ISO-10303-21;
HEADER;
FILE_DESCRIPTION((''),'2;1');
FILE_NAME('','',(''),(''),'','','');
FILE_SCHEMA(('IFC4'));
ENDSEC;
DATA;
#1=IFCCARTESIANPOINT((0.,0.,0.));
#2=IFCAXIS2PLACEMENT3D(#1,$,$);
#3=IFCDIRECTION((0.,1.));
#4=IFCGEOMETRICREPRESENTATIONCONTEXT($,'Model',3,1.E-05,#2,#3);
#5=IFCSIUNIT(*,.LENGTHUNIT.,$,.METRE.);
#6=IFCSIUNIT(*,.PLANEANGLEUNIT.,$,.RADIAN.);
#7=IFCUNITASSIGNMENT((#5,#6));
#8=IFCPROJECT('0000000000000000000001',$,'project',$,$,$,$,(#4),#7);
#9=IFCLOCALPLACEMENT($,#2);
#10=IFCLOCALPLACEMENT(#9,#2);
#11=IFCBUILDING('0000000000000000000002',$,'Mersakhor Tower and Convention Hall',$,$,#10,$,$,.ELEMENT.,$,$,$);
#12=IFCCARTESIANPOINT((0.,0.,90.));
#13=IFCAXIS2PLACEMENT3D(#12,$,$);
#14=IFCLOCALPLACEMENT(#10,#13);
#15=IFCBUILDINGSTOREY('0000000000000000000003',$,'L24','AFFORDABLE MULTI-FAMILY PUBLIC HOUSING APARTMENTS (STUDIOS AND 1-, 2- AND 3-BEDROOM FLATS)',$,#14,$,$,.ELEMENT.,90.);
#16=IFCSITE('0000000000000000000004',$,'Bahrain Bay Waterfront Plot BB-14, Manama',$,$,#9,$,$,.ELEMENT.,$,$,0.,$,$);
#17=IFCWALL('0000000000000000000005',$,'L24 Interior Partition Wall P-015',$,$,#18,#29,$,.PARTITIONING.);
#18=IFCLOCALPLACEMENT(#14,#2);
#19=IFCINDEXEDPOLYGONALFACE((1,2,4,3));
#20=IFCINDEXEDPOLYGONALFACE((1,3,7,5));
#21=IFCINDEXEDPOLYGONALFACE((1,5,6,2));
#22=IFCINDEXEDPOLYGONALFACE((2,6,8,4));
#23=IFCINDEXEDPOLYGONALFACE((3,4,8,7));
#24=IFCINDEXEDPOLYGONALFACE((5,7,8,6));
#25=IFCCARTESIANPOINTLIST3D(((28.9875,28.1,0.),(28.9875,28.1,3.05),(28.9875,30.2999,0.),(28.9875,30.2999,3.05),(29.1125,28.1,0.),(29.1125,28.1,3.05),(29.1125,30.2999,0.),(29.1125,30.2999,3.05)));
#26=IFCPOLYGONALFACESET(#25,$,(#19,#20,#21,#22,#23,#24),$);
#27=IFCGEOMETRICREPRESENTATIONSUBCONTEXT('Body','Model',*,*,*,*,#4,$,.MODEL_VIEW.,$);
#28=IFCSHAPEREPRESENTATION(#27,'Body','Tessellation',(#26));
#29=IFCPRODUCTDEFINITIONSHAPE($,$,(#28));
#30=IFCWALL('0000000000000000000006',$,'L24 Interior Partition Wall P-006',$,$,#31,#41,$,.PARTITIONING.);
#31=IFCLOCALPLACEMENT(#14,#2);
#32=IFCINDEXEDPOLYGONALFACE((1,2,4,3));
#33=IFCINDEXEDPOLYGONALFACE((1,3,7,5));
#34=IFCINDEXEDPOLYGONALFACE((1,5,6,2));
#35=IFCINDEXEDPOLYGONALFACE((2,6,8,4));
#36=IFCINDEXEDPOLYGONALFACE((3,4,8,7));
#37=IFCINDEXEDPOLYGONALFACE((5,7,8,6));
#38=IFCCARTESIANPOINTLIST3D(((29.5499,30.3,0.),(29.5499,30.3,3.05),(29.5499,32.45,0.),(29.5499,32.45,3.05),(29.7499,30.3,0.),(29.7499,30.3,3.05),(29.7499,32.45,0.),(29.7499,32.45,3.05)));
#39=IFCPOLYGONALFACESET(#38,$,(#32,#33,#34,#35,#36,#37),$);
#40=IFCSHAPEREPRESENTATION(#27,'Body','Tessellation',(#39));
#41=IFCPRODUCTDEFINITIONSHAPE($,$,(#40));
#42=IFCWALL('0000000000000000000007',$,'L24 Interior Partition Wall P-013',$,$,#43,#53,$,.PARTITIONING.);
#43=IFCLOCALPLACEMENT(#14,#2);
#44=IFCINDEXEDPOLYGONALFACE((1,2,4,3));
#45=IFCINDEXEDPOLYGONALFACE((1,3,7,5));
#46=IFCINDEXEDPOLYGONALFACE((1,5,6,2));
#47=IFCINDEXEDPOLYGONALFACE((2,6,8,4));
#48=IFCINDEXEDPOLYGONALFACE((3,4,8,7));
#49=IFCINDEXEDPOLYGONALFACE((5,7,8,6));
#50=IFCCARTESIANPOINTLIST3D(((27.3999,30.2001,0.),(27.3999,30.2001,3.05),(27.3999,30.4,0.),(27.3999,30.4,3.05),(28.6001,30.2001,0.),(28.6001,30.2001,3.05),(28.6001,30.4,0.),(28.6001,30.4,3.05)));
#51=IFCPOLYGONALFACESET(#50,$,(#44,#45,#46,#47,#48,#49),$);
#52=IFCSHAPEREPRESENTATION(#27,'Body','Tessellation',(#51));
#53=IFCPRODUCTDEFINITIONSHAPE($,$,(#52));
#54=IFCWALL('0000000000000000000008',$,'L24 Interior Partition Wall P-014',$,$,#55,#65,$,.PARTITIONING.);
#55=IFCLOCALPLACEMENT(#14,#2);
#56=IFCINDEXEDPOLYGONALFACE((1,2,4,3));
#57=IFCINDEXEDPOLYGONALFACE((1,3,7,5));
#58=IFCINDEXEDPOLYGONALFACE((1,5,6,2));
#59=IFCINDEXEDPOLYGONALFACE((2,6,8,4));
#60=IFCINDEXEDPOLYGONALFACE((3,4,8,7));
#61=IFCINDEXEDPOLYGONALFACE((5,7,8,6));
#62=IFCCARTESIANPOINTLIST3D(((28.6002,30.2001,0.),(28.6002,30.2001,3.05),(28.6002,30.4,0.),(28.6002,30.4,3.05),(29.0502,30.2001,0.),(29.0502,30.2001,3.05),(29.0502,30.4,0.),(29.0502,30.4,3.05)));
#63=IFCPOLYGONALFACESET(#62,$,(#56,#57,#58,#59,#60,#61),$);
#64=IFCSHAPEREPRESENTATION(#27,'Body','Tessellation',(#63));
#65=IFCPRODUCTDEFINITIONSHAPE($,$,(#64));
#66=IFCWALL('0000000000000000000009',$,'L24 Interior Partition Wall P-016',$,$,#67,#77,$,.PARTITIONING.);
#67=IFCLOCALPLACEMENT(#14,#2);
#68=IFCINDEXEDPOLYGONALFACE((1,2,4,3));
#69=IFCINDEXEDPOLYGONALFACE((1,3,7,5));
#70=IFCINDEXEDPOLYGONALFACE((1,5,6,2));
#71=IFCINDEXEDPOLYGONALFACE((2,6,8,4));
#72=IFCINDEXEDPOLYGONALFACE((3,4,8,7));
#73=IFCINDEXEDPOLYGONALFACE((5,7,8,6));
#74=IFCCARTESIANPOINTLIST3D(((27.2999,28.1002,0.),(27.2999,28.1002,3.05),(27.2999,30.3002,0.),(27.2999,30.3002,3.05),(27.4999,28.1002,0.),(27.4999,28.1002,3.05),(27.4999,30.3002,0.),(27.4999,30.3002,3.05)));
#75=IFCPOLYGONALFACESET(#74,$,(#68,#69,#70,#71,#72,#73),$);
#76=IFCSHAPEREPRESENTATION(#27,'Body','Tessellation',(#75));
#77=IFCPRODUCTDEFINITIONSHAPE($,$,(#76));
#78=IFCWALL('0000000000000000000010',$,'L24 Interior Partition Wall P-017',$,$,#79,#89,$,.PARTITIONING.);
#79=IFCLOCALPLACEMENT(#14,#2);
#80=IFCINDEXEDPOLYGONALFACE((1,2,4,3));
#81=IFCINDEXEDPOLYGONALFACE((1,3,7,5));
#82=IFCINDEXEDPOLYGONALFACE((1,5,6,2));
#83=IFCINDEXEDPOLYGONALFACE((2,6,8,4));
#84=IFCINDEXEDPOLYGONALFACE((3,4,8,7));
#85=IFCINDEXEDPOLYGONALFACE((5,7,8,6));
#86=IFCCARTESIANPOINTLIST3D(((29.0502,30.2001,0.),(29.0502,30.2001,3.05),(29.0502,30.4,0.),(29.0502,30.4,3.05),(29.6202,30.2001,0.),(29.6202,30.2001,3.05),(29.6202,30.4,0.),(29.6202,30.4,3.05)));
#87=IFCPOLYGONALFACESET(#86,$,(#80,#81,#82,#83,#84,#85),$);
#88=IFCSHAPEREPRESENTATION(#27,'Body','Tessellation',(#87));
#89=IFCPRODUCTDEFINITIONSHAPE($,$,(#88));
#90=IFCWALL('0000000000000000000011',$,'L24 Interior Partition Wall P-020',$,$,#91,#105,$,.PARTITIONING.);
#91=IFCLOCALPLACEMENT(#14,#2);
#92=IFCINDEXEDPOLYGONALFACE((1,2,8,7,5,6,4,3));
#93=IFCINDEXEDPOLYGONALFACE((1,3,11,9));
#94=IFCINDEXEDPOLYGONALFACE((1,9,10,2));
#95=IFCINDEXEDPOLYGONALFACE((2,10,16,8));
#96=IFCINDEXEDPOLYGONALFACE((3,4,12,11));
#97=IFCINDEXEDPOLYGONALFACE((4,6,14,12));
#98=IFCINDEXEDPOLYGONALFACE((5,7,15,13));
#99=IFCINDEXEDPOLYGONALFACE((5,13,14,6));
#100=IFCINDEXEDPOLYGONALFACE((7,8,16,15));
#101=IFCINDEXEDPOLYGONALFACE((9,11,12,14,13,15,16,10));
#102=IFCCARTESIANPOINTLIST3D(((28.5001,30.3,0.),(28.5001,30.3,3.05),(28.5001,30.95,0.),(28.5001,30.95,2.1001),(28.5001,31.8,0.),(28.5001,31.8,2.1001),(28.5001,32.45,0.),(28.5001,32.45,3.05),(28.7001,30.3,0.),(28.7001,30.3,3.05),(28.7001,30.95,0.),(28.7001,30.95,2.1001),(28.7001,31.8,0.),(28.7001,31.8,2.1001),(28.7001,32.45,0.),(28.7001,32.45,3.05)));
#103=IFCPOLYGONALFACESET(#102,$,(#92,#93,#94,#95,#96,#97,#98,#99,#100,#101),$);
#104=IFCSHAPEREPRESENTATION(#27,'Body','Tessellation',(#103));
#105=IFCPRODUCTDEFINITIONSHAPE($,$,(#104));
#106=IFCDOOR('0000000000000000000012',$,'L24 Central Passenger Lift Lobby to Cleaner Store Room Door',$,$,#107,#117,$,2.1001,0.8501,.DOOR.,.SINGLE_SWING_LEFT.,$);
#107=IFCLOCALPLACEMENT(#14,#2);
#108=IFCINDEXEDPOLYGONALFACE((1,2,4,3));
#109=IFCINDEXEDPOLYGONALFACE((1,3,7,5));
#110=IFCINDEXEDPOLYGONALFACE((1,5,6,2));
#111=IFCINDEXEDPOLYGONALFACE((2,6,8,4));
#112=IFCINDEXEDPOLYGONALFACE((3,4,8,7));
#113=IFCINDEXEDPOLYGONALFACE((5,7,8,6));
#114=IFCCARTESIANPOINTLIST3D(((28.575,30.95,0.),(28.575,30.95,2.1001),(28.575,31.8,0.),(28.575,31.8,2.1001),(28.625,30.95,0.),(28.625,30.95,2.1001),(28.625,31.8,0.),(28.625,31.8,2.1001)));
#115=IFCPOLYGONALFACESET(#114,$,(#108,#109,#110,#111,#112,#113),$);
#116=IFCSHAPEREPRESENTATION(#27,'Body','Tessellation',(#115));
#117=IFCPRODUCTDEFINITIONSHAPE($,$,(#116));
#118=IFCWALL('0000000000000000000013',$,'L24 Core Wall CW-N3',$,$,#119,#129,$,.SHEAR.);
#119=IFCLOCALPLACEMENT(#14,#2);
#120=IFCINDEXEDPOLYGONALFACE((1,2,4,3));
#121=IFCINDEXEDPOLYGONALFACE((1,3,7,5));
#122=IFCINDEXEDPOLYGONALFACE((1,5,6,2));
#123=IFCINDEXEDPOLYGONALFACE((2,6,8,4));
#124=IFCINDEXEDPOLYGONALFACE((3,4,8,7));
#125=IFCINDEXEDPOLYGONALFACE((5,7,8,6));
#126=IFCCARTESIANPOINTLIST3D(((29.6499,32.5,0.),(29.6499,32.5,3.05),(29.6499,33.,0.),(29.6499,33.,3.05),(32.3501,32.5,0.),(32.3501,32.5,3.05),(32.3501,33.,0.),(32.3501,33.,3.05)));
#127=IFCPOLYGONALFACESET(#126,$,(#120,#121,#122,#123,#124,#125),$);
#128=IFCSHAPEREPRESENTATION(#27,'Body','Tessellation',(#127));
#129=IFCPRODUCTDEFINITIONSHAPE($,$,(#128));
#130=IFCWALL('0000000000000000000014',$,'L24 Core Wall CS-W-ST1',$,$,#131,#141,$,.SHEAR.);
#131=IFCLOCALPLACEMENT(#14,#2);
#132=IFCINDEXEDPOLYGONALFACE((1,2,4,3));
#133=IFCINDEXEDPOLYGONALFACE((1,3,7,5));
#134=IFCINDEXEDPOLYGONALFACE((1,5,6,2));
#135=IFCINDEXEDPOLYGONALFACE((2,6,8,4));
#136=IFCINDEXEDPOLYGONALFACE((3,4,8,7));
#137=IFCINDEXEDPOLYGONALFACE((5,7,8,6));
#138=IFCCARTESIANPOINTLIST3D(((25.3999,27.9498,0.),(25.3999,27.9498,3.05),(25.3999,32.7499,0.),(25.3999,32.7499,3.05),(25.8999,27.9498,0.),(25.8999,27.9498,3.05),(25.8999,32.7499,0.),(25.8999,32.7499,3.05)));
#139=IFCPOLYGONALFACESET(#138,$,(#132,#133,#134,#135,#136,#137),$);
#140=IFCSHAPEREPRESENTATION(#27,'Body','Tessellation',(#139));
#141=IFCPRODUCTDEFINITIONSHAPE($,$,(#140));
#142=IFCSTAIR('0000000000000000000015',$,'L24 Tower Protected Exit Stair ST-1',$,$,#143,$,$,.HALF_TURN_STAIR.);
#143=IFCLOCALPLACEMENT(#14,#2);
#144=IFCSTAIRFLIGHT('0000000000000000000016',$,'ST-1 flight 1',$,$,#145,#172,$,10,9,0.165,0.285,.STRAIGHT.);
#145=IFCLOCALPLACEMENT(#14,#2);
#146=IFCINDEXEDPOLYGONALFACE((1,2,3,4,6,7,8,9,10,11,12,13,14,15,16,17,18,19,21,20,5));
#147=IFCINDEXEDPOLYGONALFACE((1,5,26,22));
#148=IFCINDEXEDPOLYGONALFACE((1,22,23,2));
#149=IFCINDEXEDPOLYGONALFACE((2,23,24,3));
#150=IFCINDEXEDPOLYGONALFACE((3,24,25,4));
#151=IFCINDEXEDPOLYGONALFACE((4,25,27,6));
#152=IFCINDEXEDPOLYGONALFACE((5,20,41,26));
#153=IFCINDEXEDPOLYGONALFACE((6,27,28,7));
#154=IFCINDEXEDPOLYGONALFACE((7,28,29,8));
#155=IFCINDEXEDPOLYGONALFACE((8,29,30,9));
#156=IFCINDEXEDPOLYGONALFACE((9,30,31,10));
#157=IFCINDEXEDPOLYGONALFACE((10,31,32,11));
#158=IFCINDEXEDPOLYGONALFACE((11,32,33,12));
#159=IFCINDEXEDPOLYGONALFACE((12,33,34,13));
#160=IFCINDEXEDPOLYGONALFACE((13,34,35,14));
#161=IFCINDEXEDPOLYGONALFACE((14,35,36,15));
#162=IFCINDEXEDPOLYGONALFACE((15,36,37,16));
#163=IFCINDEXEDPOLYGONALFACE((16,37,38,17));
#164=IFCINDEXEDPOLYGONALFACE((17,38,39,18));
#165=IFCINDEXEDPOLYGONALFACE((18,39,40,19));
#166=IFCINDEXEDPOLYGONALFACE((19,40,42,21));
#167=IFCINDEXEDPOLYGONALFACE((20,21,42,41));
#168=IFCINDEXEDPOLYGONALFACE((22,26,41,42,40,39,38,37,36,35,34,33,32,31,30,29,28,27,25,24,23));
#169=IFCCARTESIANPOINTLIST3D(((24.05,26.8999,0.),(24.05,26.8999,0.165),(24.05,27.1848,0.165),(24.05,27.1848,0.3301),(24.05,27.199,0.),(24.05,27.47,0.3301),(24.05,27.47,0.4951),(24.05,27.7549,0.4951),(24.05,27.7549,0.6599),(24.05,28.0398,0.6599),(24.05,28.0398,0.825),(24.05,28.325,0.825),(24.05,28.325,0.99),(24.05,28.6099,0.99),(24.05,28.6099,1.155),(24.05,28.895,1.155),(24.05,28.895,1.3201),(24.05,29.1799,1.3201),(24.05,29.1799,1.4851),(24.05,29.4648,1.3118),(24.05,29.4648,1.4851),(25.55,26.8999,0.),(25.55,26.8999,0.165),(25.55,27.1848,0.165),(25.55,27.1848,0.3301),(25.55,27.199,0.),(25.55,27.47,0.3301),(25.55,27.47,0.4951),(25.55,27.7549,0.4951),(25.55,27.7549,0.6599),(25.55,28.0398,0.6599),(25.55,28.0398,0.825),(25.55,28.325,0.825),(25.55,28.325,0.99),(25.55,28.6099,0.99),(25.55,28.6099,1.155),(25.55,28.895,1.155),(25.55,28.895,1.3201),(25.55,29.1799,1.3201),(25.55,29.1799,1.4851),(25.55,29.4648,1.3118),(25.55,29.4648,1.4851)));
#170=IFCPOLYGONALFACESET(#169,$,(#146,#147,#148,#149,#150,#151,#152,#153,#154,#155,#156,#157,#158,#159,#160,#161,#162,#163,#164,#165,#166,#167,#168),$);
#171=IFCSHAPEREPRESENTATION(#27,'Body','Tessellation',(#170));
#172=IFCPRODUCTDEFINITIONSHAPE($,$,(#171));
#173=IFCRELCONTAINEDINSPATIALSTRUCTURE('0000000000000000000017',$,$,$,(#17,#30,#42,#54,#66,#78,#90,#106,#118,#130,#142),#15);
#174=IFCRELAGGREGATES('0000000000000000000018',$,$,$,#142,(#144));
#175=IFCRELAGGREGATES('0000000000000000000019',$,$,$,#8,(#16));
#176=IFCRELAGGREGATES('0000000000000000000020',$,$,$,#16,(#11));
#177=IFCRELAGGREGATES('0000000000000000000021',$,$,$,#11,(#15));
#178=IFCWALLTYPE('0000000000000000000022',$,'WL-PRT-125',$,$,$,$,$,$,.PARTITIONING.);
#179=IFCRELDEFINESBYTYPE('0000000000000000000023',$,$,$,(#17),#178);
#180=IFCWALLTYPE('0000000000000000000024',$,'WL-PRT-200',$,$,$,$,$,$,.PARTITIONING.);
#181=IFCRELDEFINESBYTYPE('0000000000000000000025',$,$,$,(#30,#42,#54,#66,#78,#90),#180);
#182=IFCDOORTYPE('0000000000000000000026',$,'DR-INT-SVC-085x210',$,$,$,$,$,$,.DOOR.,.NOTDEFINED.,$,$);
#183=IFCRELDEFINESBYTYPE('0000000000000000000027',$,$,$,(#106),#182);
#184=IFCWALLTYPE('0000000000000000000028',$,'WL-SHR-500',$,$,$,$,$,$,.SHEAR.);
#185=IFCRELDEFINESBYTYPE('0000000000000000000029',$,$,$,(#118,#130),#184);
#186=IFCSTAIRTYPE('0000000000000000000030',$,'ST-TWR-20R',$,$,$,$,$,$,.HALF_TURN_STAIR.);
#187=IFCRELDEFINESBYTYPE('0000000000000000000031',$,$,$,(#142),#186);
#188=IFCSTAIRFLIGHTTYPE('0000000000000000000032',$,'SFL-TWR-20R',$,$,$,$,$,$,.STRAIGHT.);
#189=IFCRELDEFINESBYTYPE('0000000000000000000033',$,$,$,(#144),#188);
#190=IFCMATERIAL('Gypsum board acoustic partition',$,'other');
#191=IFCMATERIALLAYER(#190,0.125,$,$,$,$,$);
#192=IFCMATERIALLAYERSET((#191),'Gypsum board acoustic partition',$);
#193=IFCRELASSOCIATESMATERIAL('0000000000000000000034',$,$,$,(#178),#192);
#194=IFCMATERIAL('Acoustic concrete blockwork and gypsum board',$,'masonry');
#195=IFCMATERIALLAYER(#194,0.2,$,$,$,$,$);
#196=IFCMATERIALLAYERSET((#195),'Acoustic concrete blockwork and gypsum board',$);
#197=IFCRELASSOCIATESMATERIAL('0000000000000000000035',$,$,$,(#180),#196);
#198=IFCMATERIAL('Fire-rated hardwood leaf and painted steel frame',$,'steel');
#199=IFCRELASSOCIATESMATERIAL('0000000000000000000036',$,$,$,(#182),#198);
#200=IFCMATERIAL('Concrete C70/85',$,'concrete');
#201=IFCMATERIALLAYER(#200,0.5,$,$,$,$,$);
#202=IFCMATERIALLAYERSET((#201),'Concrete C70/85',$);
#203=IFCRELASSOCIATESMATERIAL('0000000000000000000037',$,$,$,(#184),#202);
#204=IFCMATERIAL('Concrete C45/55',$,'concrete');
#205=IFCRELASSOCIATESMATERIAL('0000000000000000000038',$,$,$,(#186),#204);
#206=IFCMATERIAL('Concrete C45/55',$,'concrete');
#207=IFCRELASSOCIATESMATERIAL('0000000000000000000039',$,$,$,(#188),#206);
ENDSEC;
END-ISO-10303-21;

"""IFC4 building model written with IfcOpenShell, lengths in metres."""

from ifc_helpers import new_model, si_unit, direction, frame, frame_2d, origin, place, context, subcontext, project, spatial, polyline, rectangle, outline, extrude, material, layer, layer_set, type_object, element, fill, aggregate, save


model = new_model("IFC4")

# Units and contexts
model_context = context("Model", 3, precision=1e-05, world=origin(), true_north=direction((0.0, 1.0)))
body_context = subcontext(model_context, "Body", "Model", "MODEL_VIEW")
ifc_project = project(units=[si_unit("LENGTHUNIT", "METRE"), si_unit("PLANEANGLEUNIT", "RADIAN")], contexts=[model_context])

# Site, building, storey
site_placement = place(None, origin())
site = spatial("IfcSite", under=ifc_project, at=site_placement, Name="Bahrain Bay Waterfront Plot BB-14, Manama", CompositionType="ELEMENT", RefElevation=0.0)
building_placement = place(site_placement, origin())
building = spatial("IfcBuilding", under=site, at=building_placement, Name="Mersakhor Tower and Convention Hall", CompositionType="ELEMENT")
storey_placement = place(building_placement, frame((0.0, 0.0, 90.0)))
storey = spatial("IfcBuildingStorey", under=building, at=storey_placement, Name="L24", Description="AFFORDABLE MULTI-FAMILY PUBLIC HOUSING APARTMENTS (STUDIOS AND 1-, 2- AND 3-BEDROOM FLATS)", CompositionType="ELEMENT", Elevation=90.0)

# Wall
ifc_material_1 = material(Name="Gypsum board acoustic partition", Category="other")
ifc_layer_1 = layer(ifc_material_1, 0.125)
ifc_layer_set_1 = layer_set([ifc_layer_1], Name="Gypsum board acoustic partition")
wall_type_1 = type_object("IfcWallType", Name="WL-PRT-125", PredefinedType="PARTITIONING", material=ifc_layer_set_1)
wall_1_placement = place(storey_placement, frame((29.05, 30.3, 0.0), z_axis=(0.0, 0.0, 1.0), x_axis=(0.0, -1.0, 0.0)))
element("IfcWall", 1, at=wall_1_placement, inside=storey, type_object=wall_type_1, Name="L24 Interior Partition Wall P-015", PredefinedType="PARTITIONING", context=body_context, shape_type="SweptSolid", body=[
    extrude(rectangle(XDim=2.2, YDim=0.125, at=frame_2d((1.1001, 0.0))), origin(), (0.0, 0.0, 1.0), 3.05),
])

# Shared definitions
ifc_material_2 = material(Name="Acoustic concrete blockwork and gypsum board", Category="masonry")
ifc_layer_2 = layer(ifc_material_2, 0.2)
ifc_layer_set_2 = layer_set([ifc_layer_2], Name="Acoustic concrete blockwork and gypsum board")
wall_type_2 = type_object("IfcWallType", Name="WL-PRT-200", PredefinedType="PARTITIONING", material=ifc_layer_set_2)

# Walls
wall_2_placement = place(storey_placement, frame((29.6499, 30.3, 0.0), z_axis=(0.0, 0.0, 1.0), x_axis=(0.0, 1.0, 0.0)))
element("IfcWall", 2, at=wall_2_placement, inside=storey, type_object=wall_type_2, Name="L24 Interior Partition Wall P-006", PredefinedType="PARTITIONING", context=body_context, shape_type="SweptSolid", body=[
    extrude(rectangle(XDim=2.1499, YDim=0.2, at=frame_2d((1.075, 0.0))), origin(), (0.0, 0.0, 1.0), 3.05),
])
wall_3_placement = place(storey_placement, frame((27.3999, 30.3, 0.0), z_axis=(0.0, 0.0, 1.0), x_axis=(1.0, 0.0, 0.0)))
element("IfcWall", 3, at=wall_3_placement, inside=storey, type_object=wall_type_2, Name="L24 Interior Partition Wall P-013", PredefinedType="PARTITIONING", context=body_context, shape_type="SweptSolid", body=[
    extrude(rectangle(XDim=1.2002, YDim=0.2, at=frame_2d((0.6001, 0.0))), origin(), (0.0, 0.0, 1.0), 3.05),
])
wall_4_placement = place(storey_placement, frame((28.6001, 30.3, 0.0), z_axis=(0.0, 0.0, 1.0), x_axis=(1.0, 0.0, 0.0)))
element("IfcWall", 4, at=wall_4_placement, inside=storey, type_object=wall_type_2, Name="L24 Interior Partition Wall P-014", PredefinedType="PARTITIONING", context=body_context, shape_type="SweptSolid", body=[
    extrude(rectangle(XDim=0.45, YDim=0.2, at=frame_2d((0.2251, 0.0))), origin(), (0.0, 0.0, 1.0), 3.05),
])
wall_5_placement = place(storey_placement, frame((27.3999, 28.1001, 0.0), z_axis=(0.0, 0.0, 1.0), x_axis=(0.0, 1.0, 0.0)))
element("IfcWall", 5, at=wall_5_placement, inside=storey, type_object=wall_type_2, Name="L24 Interior Partition Wall P-016", PredefinedType="PARTITIONING", context=body_context, shape_type="SweptSolid", body=[
    extrude(rectangle(XDim=2.2, YDim=0.2, at=frame_2d((1.1001, 0.0))), origin(), (0.0, 0.0, 1.0), 3.05),
])
wall_6_placement = place(storey_placement, frame((29.05, 30.3, 0.0), z_axis=(0.0, 0.0, 1.0), x_axis=(1.0, 0.0, 0.0)))
element("IfcWall", 6, at=wall_6_placement, inside=storey, type_object=wall_type_2, Name="L24 Interior Partition Wall P-017", PredefinedType="PARTITIONING", context=body_context, shape_type="SweptSolid", body=[
    extrude(rectangle(XDim=0.5701, YDim=0.2, at=frame_2d((0.2852, 0.0))), origin(), (0.0, 0.0, 1.0), 3.05),
])

# Wall, opening, door
wall_7_placement = place(storey_placement, frame((28.6001, 32.45, 0.0), z_axis=(0.0, 0.0, 1.0), x_axis=(0.0, -1.0, 0.0)))
wall_7 = element("IfcWall", 7, at=wall_7_placement, inside=storey, type_object=wall_type_2, Name="L24 Interior Partition Wall P-020", PredefinedType="PARTITIONING", context=body_context, shape_type="SweptSolid", body=[
    extrude(rectangle(XDim=2.1499, YDim=0.2, at=frame_2d((1.075, 0.0))), origin(), (0.0, 0.0, 1.0), 3.05),
])
opening_1_placement = place(wall_7_placement, frame((0.6499, 0.0, 0.0)))
opening_1 = element("IfcOpeningElement", 8, at=opening_1_placement, cuts=wall_7, PredefinedType="OPENING", context=body_context, shape_type="SweptSolid", body=[
    extrude(rectangle(XDim=0.8501, YDim=2.1001, at=frame_2d((0.425, 1.05))), frame((0.0, 0.1099, 0.0), z_axis=(0.0, -1.0, 0.0), x_axis=(1.0, 0.0, 0.0)), (0.0, 0.0, 1.0), 0.22),
])
ifc_material_3 = material(Name="Fire-rated hardwood leaf and painted steel frame", Category="steel")
door_type_1 = type_object("IfcDoorType", Name="DR-INT-SVC-085x210", OperationType="NOTDEFINED", PredefinedType="DOOR", material=ifc_material_3)
door_1_placement = place(opening_1_placement, origin())
door_1 = element("IfcDoor", 9, at=door_1_placement, inside=storey, type_object=door_type_1, Name="L24 Central Passenger Lift Lobby to Cleaner Store Room Door", OperationType="SINGLE_SWING_LEFT", OverallHeight=2.1001, OverallWidth=0.8501, PredefinedType="DOOR", context=body_context, shape_type="SweptSolid", body=[
    extrude(rectangle(XDim=0.8501, YDim=2.1001, at=frame_2d((0.425, 1.05))), frame((0.0, 0.0249, 0.0), z_axis=(0.0, -1.0, 0.0), x_axis=(1.0, 0.0, 0.0)), (0.0, 0.0, 1.0), 0.05),
])
fill(opening_1, door_1)
ifc_material_4 = material(Name="Concrete C70/85", Category="concrete")
ifc_layer_3 = layer(ifc_material_4, 0.5)
ifc_layer_set_3 = layer_set([ifc_layer_3], Name="Concrete C70/85")
wall_type_3 = type_object("IfcWallType", Name="WL-SHR-500", PredefinedType="SHEAR", material=ifc_layer_set_3)

# Walls
wall_8_placement = place(storey_placement, frame((29.6499, 32.75, 0.0), z_axis=(0.0, 0.0, 1.0), x_axis=(1.0, 0.0, 0.0)))
element("IfcWall", 10, at=wall_8_placement, inside=storey, type_object=wall_type_3, Name="L24 Core Wall CW-N3", PredefinedType="SHEAR", context=body_context, shape_type="SweptSolid", body=[
    extrude(rectangle(XDim=2.7002, YDim=0.5, at=frame_2d((1.3501, 0.0))), origin(), (0.0, 0.0, 1.0), 3.05),
])
wall_9_placement = place(storey_placement, frame((25.6499, 27.95, 0.0), z_axis=(0.0, 0.0, 1.0), x_axis=(0.0, 1.0, 0.0)))
element("IfcWall", 11, at=wall_9_placement, inside=storey, type_object=wall_type_3, Name="L24 Core Wall CS-W-ST1", PredefinedType="SHEAR", context=body_context, shape_type="SweptSolid", body=[
    extrude(rectangle(XDim=4.8, YDim=0.5, at=frame_2d((2.3999, 0.0))), origin(), (0.0, 0.0, 1.0), 3.05),
])

# Stair, stair flight
ifc_material_5 = material(Name="Concrete C45/55", Category="concrete")
stair_type = type_object("IfcStairType", Name="ST-TWR-20R", PredefinedType="HALF_TURN_STAIR", material=ifc_material_5)
stair_placement = place(storey_placement, origin())
stair = element("IfcStair", 12, at=stair_placement, inside=storey, type_object=stair_type, Name="L24 Tower Protected Exit Stair ST-1", PredefinedType="HALF_TURN_STAIR")
ifc_material_6 = material(Name="Concrete C45/55", Category="concrete")
stair_flight_type = type_object("IfcStairFlightType", Name="SFL-TWR-20R", PredefinedType="STRAIGHT", material=ifc_material_6)
stair_flight_1_placement = place(storey_placement, frame((24.8, 26.8999, 0.0), z_axis=(0.0, 0.0, 1.0), x_axis=(0.0, 1.0, 0.0)))
stair_flight_1 = element("IfcStairFlight", 13, at=stair_flight_1_placement, type_object=stair_flight_type, Name="ST-1 flight 1", NumberOfRisers=10, NumberOfTreads=9, PredefinedType="STRAIGHT", RiserHeight=0.165, TreadLength=0.285, context=body_context, shape_type="SweptSolid", body=[
    extrude(outline(polyline([(0.0, 0.0), (0.0, 0.165), (0.2849, 0.165), (0.2849, 0.3301), (0.5701, 0.3301), (0.5701, 0.4951), (0.855, 0.4951), (0.855, 0.6599), (1.1399, 0.6599), (1.1399, 0.825), (1.425, 0.825), (1.425, 0.99), (1.71, 0.99), (1.71, 1.155), (1.9951, 1.155), (1.9951, 1.3201), (2.28, 1.3201), (2.28, 1.4851), (2.5649, 1.4851), (2.5649, 1.6499), (2.5649, 1.3118), (0.2991, 0.0), (0.0, 0.0)])), frame((0.0, 0.75, 0.0), z_axis=(0.0, -1.0, 0.0), x_axis=(1.0, 0.0, 0.0)), (0.0, 0.0, 1.0), 1.5),
])
aggregate(stair, [stair_flight_1])

save(model, "model.ifc")
